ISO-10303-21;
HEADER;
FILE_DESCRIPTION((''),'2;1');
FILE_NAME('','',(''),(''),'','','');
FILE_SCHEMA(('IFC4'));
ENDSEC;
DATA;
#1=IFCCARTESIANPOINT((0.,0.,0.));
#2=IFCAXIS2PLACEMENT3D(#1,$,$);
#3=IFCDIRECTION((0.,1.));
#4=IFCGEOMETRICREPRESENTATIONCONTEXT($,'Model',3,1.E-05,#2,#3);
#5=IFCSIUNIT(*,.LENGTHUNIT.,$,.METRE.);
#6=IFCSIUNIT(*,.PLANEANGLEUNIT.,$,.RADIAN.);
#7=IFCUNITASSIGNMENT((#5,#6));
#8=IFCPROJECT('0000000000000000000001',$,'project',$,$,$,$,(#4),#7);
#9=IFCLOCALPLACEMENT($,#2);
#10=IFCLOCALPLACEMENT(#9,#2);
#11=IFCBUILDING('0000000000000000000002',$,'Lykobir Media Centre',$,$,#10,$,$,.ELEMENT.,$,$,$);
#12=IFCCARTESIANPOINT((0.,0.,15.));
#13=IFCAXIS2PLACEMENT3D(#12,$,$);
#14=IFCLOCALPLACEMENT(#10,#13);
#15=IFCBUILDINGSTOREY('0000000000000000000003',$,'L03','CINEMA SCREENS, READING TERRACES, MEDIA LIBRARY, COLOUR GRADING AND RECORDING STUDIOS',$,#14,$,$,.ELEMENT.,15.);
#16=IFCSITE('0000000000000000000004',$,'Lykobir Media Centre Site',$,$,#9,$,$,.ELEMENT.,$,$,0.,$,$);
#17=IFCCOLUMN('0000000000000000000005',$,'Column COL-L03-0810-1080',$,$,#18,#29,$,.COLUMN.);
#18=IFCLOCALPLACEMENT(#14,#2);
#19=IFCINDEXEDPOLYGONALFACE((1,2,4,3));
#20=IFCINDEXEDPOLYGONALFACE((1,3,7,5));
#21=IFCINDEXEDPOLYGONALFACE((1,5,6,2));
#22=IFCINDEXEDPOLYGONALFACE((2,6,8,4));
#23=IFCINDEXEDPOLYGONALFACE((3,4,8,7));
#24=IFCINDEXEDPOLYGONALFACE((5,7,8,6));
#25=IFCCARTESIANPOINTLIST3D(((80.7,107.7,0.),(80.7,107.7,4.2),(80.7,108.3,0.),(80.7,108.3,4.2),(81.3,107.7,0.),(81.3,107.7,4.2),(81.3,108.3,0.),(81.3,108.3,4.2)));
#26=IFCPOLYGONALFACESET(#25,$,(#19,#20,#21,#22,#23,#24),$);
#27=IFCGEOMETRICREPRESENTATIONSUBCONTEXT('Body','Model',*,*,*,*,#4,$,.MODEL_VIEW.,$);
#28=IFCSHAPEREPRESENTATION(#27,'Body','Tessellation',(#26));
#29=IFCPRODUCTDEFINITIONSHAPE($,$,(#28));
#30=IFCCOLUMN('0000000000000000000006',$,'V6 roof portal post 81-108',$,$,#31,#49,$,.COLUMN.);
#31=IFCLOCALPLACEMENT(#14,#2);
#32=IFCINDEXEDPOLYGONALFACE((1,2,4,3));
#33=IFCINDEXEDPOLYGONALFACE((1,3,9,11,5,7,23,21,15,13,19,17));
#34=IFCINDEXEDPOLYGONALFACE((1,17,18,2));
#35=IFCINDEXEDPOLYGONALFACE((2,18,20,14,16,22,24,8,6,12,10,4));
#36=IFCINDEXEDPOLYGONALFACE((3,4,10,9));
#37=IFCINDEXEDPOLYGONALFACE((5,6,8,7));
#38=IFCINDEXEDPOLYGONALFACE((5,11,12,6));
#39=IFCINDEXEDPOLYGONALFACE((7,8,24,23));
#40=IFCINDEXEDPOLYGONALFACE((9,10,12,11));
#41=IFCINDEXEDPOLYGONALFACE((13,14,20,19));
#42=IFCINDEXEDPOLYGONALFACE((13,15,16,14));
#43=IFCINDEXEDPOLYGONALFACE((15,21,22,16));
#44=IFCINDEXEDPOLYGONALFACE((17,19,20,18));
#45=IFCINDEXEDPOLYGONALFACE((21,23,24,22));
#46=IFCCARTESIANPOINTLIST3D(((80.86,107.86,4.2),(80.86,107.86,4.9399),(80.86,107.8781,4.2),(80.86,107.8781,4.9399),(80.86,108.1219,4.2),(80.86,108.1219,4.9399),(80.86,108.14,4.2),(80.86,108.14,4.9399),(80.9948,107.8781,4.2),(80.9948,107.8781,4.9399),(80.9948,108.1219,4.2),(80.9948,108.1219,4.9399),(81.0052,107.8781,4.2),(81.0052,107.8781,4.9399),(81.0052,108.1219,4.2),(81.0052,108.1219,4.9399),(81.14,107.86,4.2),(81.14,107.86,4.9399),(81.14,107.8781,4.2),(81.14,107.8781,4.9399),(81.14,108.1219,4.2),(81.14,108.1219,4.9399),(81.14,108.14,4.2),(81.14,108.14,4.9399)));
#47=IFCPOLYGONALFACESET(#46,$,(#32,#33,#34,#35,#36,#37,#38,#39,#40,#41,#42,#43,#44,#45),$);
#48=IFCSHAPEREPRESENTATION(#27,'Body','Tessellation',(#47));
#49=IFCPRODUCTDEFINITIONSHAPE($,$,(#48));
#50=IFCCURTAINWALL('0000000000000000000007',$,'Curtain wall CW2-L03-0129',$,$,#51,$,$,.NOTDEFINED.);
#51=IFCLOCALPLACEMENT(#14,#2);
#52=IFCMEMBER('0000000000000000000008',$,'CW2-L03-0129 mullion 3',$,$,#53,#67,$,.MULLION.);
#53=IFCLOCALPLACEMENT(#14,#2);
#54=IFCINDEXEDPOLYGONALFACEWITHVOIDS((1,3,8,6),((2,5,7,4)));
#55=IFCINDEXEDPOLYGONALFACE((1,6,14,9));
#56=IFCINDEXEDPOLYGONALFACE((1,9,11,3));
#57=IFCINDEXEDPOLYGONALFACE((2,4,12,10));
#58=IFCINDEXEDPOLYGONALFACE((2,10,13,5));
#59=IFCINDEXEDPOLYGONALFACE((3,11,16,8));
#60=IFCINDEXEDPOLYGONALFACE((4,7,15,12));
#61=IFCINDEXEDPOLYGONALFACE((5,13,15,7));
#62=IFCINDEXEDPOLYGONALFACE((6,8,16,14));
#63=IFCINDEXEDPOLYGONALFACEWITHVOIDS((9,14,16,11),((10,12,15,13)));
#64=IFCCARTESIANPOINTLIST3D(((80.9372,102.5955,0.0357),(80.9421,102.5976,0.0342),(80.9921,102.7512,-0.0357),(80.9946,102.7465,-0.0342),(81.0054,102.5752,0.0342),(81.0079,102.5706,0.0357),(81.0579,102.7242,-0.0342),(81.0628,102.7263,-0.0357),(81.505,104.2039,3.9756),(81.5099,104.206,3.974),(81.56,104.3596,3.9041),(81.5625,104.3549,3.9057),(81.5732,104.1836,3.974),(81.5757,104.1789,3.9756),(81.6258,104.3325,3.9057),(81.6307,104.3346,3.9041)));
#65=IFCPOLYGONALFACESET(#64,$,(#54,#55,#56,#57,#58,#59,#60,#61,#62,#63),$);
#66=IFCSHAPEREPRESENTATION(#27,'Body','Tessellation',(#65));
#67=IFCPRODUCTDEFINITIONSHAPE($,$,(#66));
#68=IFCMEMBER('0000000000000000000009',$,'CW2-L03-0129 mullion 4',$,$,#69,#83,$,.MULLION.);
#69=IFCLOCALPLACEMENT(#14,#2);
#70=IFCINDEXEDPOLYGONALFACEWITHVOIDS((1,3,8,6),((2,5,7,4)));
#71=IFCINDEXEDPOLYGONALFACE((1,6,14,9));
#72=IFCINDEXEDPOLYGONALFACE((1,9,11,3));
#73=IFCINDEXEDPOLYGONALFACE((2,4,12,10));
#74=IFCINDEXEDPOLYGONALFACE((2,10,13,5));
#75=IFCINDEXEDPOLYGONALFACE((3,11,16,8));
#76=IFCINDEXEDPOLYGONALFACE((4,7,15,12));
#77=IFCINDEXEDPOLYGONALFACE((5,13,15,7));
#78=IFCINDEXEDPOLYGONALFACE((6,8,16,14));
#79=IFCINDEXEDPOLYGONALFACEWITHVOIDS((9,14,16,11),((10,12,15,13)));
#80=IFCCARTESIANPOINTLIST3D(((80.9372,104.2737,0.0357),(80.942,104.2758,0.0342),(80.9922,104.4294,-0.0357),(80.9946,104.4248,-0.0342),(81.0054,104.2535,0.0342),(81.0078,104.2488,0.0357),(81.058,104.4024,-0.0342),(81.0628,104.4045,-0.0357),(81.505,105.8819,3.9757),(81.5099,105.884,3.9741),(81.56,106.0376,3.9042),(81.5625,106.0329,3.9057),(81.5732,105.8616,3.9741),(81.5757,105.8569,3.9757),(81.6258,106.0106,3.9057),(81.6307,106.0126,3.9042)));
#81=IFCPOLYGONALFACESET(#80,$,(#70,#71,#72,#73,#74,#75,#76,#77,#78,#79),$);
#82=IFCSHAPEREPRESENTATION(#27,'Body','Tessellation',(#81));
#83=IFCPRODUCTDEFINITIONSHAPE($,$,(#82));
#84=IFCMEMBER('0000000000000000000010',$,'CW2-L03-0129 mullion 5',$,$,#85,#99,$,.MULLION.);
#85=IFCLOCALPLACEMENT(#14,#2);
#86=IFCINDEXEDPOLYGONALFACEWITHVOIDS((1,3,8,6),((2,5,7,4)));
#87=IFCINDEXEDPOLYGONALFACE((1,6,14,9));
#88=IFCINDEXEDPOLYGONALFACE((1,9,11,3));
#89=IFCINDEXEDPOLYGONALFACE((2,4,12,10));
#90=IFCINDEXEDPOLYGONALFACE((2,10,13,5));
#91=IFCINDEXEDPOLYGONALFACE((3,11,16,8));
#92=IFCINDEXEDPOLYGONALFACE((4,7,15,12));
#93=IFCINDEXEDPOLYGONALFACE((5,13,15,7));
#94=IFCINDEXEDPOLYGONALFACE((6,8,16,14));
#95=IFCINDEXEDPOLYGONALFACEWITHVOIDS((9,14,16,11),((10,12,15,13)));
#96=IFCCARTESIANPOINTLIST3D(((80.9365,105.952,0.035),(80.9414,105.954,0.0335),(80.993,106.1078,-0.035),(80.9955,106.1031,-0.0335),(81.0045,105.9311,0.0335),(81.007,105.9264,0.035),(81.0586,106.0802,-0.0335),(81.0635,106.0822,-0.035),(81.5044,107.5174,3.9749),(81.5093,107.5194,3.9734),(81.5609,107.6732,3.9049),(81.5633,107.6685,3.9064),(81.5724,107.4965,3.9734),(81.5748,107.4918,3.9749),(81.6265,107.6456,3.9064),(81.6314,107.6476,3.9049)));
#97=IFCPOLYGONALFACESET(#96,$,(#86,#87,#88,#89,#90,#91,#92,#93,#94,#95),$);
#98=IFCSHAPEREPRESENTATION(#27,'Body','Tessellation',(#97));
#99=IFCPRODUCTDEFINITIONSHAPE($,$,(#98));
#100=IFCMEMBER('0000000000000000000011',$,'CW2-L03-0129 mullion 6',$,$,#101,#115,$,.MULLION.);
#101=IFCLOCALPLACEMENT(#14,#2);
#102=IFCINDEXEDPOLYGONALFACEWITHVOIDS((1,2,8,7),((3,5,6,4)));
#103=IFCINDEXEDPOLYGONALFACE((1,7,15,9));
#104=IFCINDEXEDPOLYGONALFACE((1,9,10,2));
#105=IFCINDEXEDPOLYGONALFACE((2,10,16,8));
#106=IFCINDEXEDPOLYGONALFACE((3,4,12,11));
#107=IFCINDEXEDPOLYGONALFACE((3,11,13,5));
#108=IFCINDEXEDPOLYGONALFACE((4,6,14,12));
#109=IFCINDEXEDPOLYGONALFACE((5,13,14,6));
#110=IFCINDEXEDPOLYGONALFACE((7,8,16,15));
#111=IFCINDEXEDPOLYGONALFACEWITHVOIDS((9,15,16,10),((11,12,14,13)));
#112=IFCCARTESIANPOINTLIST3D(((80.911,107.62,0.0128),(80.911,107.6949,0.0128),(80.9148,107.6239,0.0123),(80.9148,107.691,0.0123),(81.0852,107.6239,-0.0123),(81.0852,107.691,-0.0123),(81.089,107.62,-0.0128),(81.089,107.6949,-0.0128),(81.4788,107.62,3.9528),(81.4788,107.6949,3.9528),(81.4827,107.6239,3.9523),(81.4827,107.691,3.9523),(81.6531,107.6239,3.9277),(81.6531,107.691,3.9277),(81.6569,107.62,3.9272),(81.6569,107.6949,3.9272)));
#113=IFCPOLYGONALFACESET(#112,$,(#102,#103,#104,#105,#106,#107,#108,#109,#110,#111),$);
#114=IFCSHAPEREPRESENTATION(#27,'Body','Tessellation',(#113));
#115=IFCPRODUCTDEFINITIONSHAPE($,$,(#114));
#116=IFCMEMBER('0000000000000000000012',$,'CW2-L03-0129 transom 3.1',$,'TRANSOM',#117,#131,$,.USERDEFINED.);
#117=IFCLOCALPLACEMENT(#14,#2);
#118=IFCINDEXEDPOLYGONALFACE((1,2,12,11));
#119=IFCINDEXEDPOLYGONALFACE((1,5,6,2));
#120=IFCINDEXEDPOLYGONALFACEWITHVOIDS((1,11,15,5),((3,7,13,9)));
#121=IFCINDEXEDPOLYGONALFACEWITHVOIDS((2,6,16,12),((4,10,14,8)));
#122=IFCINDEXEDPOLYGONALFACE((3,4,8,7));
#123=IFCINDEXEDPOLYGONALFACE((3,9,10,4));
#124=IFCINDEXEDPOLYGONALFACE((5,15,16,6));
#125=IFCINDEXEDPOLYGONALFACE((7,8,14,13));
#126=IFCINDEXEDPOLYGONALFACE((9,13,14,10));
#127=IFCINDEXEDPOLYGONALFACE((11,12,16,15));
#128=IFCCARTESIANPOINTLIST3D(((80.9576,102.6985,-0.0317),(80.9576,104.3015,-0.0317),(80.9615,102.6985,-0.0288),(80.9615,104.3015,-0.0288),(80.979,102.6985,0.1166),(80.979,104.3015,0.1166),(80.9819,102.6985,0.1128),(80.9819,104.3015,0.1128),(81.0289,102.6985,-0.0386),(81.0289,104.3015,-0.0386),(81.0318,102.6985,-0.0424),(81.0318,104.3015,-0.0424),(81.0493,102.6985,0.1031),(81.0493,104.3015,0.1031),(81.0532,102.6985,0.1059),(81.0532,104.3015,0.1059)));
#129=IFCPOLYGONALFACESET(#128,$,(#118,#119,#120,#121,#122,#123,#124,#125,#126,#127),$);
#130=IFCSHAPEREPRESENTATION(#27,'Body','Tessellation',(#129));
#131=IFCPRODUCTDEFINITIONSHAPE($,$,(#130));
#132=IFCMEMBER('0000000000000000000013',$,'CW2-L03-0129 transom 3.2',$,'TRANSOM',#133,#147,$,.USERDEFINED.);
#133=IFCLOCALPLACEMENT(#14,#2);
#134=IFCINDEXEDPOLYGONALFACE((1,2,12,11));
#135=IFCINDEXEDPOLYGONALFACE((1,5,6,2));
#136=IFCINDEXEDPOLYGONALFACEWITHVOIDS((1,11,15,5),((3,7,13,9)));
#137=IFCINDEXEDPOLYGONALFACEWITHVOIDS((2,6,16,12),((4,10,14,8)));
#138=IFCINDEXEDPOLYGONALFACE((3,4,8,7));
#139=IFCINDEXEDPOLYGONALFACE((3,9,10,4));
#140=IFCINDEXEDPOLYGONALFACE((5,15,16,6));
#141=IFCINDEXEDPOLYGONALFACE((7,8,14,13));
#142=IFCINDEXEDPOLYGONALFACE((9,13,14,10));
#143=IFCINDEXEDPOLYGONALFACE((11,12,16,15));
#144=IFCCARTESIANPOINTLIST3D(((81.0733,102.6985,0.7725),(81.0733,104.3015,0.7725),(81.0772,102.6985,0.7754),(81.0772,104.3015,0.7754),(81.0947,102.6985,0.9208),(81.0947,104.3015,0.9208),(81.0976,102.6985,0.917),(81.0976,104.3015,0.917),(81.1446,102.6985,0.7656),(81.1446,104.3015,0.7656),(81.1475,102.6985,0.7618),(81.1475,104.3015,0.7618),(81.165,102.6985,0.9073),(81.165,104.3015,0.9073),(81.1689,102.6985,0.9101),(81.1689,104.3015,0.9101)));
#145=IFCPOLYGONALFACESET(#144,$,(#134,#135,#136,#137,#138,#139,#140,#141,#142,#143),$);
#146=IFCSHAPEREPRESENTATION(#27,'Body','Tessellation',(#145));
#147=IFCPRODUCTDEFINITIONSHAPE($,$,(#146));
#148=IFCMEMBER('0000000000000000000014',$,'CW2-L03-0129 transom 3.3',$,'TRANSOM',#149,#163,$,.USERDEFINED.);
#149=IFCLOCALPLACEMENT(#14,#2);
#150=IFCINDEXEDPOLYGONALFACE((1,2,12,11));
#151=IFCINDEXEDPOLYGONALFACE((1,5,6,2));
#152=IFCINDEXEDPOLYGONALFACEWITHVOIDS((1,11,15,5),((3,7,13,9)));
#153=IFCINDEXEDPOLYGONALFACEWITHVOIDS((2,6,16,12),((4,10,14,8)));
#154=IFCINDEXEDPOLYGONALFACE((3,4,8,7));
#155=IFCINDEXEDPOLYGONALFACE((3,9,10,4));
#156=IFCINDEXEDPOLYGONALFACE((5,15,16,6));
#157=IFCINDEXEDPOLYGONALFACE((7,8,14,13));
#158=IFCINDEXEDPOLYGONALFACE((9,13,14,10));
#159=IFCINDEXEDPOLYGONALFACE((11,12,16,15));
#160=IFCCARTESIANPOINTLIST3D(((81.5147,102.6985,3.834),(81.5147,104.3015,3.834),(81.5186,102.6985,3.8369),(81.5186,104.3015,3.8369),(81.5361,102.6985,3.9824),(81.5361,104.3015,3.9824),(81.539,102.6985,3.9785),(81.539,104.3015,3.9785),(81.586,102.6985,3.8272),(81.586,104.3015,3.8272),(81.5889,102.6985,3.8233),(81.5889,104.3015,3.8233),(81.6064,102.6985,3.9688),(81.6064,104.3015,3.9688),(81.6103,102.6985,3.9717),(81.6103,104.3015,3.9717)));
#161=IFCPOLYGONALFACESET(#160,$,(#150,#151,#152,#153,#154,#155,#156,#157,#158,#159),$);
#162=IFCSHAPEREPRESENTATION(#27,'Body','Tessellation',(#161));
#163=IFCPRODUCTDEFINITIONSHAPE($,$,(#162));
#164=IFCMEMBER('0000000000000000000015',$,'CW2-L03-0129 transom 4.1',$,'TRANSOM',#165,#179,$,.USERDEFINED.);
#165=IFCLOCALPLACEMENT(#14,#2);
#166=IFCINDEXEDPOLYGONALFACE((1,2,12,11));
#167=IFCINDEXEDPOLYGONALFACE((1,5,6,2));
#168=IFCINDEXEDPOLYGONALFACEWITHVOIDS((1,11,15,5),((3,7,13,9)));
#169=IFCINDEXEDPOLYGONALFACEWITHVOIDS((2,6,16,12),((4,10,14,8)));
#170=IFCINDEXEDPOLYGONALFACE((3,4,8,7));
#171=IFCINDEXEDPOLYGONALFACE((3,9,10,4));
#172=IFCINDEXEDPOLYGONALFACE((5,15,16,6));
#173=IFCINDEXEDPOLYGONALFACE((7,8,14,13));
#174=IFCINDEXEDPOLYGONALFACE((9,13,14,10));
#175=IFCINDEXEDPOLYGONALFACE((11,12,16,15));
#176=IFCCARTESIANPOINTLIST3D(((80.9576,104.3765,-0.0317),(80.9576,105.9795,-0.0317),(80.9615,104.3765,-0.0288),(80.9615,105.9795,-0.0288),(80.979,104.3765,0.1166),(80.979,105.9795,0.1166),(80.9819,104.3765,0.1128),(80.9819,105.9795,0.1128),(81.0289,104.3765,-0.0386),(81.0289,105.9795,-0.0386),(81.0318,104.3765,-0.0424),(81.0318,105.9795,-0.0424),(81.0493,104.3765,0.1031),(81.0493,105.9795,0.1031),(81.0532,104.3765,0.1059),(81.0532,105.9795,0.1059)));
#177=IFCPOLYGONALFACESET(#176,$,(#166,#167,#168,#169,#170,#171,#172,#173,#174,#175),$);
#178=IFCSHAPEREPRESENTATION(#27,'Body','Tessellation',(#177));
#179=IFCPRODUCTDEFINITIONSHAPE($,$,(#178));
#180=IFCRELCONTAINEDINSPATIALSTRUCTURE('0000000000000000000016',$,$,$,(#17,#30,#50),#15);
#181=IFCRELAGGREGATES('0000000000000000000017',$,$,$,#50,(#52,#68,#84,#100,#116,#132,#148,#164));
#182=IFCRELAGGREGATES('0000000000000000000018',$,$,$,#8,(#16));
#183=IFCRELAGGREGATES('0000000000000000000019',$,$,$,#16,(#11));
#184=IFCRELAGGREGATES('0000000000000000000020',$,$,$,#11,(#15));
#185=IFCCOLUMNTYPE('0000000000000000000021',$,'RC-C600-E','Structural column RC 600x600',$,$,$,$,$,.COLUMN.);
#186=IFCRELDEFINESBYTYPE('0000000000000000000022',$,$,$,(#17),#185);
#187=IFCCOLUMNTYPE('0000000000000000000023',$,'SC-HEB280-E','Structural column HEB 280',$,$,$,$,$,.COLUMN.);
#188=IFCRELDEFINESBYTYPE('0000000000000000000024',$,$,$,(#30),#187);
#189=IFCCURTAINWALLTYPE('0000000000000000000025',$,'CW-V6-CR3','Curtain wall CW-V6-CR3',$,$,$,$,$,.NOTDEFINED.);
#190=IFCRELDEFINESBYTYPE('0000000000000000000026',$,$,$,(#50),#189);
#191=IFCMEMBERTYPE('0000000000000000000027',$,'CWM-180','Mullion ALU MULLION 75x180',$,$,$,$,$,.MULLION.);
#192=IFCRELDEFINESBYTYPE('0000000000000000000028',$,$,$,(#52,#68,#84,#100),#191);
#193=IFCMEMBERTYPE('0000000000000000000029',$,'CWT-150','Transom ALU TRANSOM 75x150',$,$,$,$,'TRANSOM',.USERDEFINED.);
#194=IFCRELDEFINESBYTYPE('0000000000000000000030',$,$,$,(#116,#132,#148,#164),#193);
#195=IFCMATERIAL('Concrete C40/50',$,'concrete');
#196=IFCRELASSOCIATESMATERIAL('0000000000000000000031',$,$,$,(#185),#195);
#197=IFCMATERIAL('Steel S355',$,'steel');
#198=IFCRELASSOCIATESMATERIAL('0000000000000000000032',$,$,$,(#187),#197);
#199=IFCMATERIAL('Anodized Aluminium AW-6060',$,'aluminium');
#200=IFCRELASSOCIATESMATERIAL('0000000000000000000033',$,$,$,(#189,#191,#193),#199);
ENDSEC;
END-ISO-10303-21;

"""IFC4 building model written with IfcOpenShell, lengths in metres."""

from ifc_helpers import new_model, si_unit, direction, frame, origin, origin_2d, place, context, subcontext, project, spatial, rectangle, hollow_rectangle, i_section, extrude, material, material_profile, profile_set, type_object, element, aggregate, save


model = new_model("IFC4")

# Units and contexts
model_context = context("Model", 3, precision=1e-05, world=origin(), true_north=direction((0.0, 1.0)))
body_context = subcontext(model_context, "Body", "Model", "MODEL_VIEW")
ifc_project = project(units=[si_unit("LENGTHUNIT", "METRE"), si_unit("PLANEANGLEUNIT", "RADIAN")], contexts=[model_context])

# Site, building, storey
site_placement = place(None, origin())
site = spatial("IfcSite", under=ifc_project, at=site_placement, Name="Lykobir Media Centre Site", CompositionType="ELEMENT", RefElevation=0.0)
building_placement = place(site_placement, origin())
building = spatial("IfcBuilding", under=site, at=building_placement, Name="Lykobir Media Centre", CompositionType="ELEMENT")
storey_placement = place(building_placement, frame((0.0, 0.0, 15.0)))
storey = spatial("IfcBuildingStorey", under=building, at=storey_placement, Name="L03", Description="CINEMA SCREENS, READING TERRACES, MEDIA LIBRARY, COLOUR GRADING AND RECORDING STUDIOS", CompositionType="ELEMENT", Elevation=15.0)

# Columns
ifc_material_1 = material(Name="Concrete C40/50", Category="concrete")
ifc_material_profile_1 = material_profile(ifc_material_1, rectangle(XDim=0.6001, YDim=0.6001, at=origin_2d()), Name="RC 600x600")
ifc_profile_set_1 = profile_set([ifc_material_profile_1], Name="Concrete C40/50")
column_type_1 = type_object("IfcColumnType", Name="RC-C600-E", Description="Structural column RC 600x600", PredefinedType="COLUMN", material=ifc_profile_set_1)
column_1_placement = place(storey_placement, frame((81.0, 108.0, 0.0), z_axis=(0.0, 0.0, 1.0), x_axis=(1.0, 0.0, 0.0)))
element("IfcColumn", 1, at=column_1_placement, inside=storey, type_object=column_type_1, Name="Column COL-L03-0810-1080", PredefinedType="COLUMN", context=body_context, shape_type="SweptSolid", body=[
    extrude(rectangle(XDim=0.6001, YDim=0.6001, at=origin_2d()), origin(), (0.0, 0.0, 1.0), 4.2),
])
ifc_material_2 = material(Name="Steel S355", Category="steel")
ifc_material_profile_2 = material_profile(ifc_material_2, i_section(OverallWidth=0.28, OverallDepth=0.28, WebThickness=0.0105, FlangeThickness=0.0181, at=origin_2d()), Name="HEB 280")
ifc_profile_set_2 = profile_set([ifc_material_profile_2], Name="Steel S355")
column_type_2 = type_object("IfcColumnType", Name="SC-HEB280-E", Description="Structural column HEB 280", PredefinedType="COLUMN", material=ifc_profile_set_2)
column_2_placement = place(storey_placement, frame((81.0, 108.0, 4.2), z_axis=(0.0, 0.0, 1.0), x_axis=(1.0, 0.0, 0.0)))
element("IfcColumn", 2, at=column_2_placement, inside=storey, type_object=column_type_2, Name="V6 roof portal post 81-108", PredefinedType="COLUMN", context=body_context, shape_type="SweptSolid", body=[
    extrude(i_section(OverallWidth=0.28, OverallDepth=0.28, WebThickness=0.0105, FlangeThickness=0.0181, at=origin_2d()), origin(), (0.0, 0.0, 1.0), 0.74),
])

# Curtain wall, members
ifc_material_3 = material(Name="Anodized Aluminium AW-6060", Category="aluminium")
curtain_wall_type = type_object("IfcCurtainWallType", Name="CW-V6-CR3", Description="Curtain wall CW-V6-CR3", PredefinedType="NOTDEFINED", material=ifc_material_3)
curtain_wall_placement = place(storey_placement, origin())
curtain_wall = element("IfcCurtainWall", 3, at=curtain_wall_placement, inside=storey, type_object=curtain_wall_type, Name="Curtain wall CW2-L03-0129", PredefinedType="NOTDEFINED")
ifc_material_profile_3 = material_profile(ifc_material_3, hollow_rectangle(XDim=0.075, YDim=0.1799, WallThickness=0.0039, at=origin_2d()), Name="ALU MULLION 75x180")
ifc_profile_set_3 = profile_set([ifc_material_profile_3], Name="Anodized Aluminium AW-6060")
member_type_1 = type_object("IfcMemberType", Name="CWM-180", Description="Mullion ALU MULLION 75x180", PredefinedType="MULLION", material=ifc_profile_set_3)
member_1_placement = place(storey_placement, frame((81.0, 102.6609, 0.0), z_axis=(0.132269, 0.374628, 0.917692), x_axis=(0.942953, -0.332925, 0.0)))
member_1 = element("IfcMember", 4, at=member_1_placement, type_object=member_type_1, Name="CW2-L03-0129 mullion 3", PredefinedType="MULLION", context=body_context, shape_type="SweptSolid", body=[
    extrude(hollow_rectangle(XDim=0.075, YDim=0.1799, WallThickness=0.0039, at=origin_2d()), origin(), (0.0, 0.0, 1.0), 4.2932),
])
member_2_placement = place(storey_placement, frame((81.0, 104.3391, 0.0), z_axis=(0.132271, 0.37458, 0.917711), x_axis=(0.942937, -0.33297, 0.0)))
member_2 = element("IfcMember", 5, at=member_2_placement, type_object=member_type_1, Name="CW2-L03-0129 mullion 4", PredefinedType="MULLION", context=body_context, shape_type="SweptSolid", body=[
    extrude(hollow_rectangle(XDim=0.075, YDim=0.1799, WallThickness=0.0039, at=origin_2d()), origin(), (0.0, 0.0, 1.0), 4.2932),
])
member_3_placement = place(storey_placement, frame((81.0, 106.0171, 0.0), z_axis=(0.132761, 0.365977, 0.921106), x_axis=(0.940059, -0.341013, 0.0)))
member_3 = element("IfcMember", 6, at=member_3_placement, type_object=member_type_1, Name="CW2-L03-0129 mullion 5", PredefinedType="MULLION", context=body_context, shape_type="SweptSolid", body=[
    extrude(hollow_rectangle(XDim=0.075, YDim=0.1799, WallThickness=0.0039, at=origin_2d()), origin(), (0.0, 0.0, 1.0), 4.2773),
])
member_4_placement = place(storey_placement, frame((81.0, 107.6575, 0.0), z_axis=(0.142658, 0.0, 0.989772), x_axis=(0.0, -1.0, 0.0)))
member_4 = element("IfcMember", 7, at=member_4_placement, type_object=member_type_1, Name="CW2-L03-0129 mullion 6", PredefinedType="MULLION", context=body_context, shape_type="SweptSolid", body=[
    extrude(hollow_rectangle(XDim=0.075, YDim=0.1799, WallThickness=0.0039, at=origin_2d()), origin(), (0.0, 0.0, 1.0), 3.9807),
])
ifc_material_profile_4 = material_profile(ifc_material_3, hollow_rectangle(XDim=0.075, YDim=0.1499, WallThickness=0.0034, at=origin_2d()), Name="ALU TRANSOM 75x150")
ifc_profile_set_4 = profile_set([ifc_material_profile_4], Name="Anodized Aluminium AW-6060")
member_type_2 = type_object("IfcMemberType", Name="CWT-150", Description="Transom ALU TRANSOM 75x150", ElementType="TRANSOM", PredefinedType="USERDEFINED", material=ifc_profile_set_4)
member_5_placement = place(storey_placement, frame((81.0054, 102.6985, 0.0371), z_axis=(0.0, 1.0, 0.0), x_axis=(-0.989776, 0.0, 0.142629)))
member_5 = element("IfcMember", 8, at=member_5_placement, type_object=member_type_2, Name="CW2-L03-0129 transom 3.1", ObjectType="TRANSOM", PredefinedType="USERDEFINED", context=body_context, shape_type="SweptSolid", body=[
    extrude(hollow_rectangle(XDim=0.075, YDim=0.1499, WallThickness=0.0034, at=origin_2d()), origin(), (0.0, 0.0, 1.0), 1.603),
])
member_6_placement = place(storey_placement, frame((81.1211, 102.6985, 0.8413), z_axis=(0.0, 1.0, 0.0), x_axis=(-0.989776, 0.0, 0.142629)))
member_6 = element("IfcMember", 9, at=member_6_placement, type_object=member_type_2, Name="CW2-L03-0129 transom 3.2", ObjectType="TRANSOM", PredefinedType="USERDEFINED", context=body_context, shape_type="SweptSolid", body=[
    extrude(hollow_rectangle(XDim=0.075, YDim=0.1499, WallThickness=0.0034, at=origin_2d()), origin(), (0.0, 0.0, 1.0), 1.603),
])
member_7_placement = place(storey_placement, frame((81.5625, 102.6985, 3.9028), z_axis=(0.0, 1.0, 0.0), x_axis=(-0.989776, 0.0, 0.142629)))
member_7 = element("IfcMember", 10, at=member_7_placement, type_object=member_type_2, Name="CW2-L03-0129 transom 3.3", ObjectType="TRANSOM", PredefinedType="USERDEFINED", context=body_context, shape_type="SweptSolid", body=[
    extrude(hollow_rectangle(XDim=0.075, YDim=0.1499, WallThickness=0.0034, at=origin_2d()), origin(), (0.0, 0.0, 1.0), 1.603),
])
member_8_placement = place(storey_placement, frame((81.0054, 104.3765, 0.0371), z_axis=(0.0, 1.0, 0.0), x_axis=(-0.989776, 0.0, 0.142629)))
member_8 = element("IfcMember", 11, at=member_8_placement, type_object=member_type_2, Name="CW2-L03-0129 transom 4.1", ObjectType="TRANSOM", PredefinedType="USERDEFINED", context=body_context, shape_type="SweptSolid", body=[
    extrude(hollow_rectangle(XDim=0.075, YDim=0.1499, WallThickness=0.0034, at=origin_2d()), origin(), (0.0, 0.0, 1.0), 1.603),
])
aggregate(curtain_wall, [member_1, member_2, member_3, member_4, member_5, member_6, member_7, member_8])

save(model, "model.ifc")
